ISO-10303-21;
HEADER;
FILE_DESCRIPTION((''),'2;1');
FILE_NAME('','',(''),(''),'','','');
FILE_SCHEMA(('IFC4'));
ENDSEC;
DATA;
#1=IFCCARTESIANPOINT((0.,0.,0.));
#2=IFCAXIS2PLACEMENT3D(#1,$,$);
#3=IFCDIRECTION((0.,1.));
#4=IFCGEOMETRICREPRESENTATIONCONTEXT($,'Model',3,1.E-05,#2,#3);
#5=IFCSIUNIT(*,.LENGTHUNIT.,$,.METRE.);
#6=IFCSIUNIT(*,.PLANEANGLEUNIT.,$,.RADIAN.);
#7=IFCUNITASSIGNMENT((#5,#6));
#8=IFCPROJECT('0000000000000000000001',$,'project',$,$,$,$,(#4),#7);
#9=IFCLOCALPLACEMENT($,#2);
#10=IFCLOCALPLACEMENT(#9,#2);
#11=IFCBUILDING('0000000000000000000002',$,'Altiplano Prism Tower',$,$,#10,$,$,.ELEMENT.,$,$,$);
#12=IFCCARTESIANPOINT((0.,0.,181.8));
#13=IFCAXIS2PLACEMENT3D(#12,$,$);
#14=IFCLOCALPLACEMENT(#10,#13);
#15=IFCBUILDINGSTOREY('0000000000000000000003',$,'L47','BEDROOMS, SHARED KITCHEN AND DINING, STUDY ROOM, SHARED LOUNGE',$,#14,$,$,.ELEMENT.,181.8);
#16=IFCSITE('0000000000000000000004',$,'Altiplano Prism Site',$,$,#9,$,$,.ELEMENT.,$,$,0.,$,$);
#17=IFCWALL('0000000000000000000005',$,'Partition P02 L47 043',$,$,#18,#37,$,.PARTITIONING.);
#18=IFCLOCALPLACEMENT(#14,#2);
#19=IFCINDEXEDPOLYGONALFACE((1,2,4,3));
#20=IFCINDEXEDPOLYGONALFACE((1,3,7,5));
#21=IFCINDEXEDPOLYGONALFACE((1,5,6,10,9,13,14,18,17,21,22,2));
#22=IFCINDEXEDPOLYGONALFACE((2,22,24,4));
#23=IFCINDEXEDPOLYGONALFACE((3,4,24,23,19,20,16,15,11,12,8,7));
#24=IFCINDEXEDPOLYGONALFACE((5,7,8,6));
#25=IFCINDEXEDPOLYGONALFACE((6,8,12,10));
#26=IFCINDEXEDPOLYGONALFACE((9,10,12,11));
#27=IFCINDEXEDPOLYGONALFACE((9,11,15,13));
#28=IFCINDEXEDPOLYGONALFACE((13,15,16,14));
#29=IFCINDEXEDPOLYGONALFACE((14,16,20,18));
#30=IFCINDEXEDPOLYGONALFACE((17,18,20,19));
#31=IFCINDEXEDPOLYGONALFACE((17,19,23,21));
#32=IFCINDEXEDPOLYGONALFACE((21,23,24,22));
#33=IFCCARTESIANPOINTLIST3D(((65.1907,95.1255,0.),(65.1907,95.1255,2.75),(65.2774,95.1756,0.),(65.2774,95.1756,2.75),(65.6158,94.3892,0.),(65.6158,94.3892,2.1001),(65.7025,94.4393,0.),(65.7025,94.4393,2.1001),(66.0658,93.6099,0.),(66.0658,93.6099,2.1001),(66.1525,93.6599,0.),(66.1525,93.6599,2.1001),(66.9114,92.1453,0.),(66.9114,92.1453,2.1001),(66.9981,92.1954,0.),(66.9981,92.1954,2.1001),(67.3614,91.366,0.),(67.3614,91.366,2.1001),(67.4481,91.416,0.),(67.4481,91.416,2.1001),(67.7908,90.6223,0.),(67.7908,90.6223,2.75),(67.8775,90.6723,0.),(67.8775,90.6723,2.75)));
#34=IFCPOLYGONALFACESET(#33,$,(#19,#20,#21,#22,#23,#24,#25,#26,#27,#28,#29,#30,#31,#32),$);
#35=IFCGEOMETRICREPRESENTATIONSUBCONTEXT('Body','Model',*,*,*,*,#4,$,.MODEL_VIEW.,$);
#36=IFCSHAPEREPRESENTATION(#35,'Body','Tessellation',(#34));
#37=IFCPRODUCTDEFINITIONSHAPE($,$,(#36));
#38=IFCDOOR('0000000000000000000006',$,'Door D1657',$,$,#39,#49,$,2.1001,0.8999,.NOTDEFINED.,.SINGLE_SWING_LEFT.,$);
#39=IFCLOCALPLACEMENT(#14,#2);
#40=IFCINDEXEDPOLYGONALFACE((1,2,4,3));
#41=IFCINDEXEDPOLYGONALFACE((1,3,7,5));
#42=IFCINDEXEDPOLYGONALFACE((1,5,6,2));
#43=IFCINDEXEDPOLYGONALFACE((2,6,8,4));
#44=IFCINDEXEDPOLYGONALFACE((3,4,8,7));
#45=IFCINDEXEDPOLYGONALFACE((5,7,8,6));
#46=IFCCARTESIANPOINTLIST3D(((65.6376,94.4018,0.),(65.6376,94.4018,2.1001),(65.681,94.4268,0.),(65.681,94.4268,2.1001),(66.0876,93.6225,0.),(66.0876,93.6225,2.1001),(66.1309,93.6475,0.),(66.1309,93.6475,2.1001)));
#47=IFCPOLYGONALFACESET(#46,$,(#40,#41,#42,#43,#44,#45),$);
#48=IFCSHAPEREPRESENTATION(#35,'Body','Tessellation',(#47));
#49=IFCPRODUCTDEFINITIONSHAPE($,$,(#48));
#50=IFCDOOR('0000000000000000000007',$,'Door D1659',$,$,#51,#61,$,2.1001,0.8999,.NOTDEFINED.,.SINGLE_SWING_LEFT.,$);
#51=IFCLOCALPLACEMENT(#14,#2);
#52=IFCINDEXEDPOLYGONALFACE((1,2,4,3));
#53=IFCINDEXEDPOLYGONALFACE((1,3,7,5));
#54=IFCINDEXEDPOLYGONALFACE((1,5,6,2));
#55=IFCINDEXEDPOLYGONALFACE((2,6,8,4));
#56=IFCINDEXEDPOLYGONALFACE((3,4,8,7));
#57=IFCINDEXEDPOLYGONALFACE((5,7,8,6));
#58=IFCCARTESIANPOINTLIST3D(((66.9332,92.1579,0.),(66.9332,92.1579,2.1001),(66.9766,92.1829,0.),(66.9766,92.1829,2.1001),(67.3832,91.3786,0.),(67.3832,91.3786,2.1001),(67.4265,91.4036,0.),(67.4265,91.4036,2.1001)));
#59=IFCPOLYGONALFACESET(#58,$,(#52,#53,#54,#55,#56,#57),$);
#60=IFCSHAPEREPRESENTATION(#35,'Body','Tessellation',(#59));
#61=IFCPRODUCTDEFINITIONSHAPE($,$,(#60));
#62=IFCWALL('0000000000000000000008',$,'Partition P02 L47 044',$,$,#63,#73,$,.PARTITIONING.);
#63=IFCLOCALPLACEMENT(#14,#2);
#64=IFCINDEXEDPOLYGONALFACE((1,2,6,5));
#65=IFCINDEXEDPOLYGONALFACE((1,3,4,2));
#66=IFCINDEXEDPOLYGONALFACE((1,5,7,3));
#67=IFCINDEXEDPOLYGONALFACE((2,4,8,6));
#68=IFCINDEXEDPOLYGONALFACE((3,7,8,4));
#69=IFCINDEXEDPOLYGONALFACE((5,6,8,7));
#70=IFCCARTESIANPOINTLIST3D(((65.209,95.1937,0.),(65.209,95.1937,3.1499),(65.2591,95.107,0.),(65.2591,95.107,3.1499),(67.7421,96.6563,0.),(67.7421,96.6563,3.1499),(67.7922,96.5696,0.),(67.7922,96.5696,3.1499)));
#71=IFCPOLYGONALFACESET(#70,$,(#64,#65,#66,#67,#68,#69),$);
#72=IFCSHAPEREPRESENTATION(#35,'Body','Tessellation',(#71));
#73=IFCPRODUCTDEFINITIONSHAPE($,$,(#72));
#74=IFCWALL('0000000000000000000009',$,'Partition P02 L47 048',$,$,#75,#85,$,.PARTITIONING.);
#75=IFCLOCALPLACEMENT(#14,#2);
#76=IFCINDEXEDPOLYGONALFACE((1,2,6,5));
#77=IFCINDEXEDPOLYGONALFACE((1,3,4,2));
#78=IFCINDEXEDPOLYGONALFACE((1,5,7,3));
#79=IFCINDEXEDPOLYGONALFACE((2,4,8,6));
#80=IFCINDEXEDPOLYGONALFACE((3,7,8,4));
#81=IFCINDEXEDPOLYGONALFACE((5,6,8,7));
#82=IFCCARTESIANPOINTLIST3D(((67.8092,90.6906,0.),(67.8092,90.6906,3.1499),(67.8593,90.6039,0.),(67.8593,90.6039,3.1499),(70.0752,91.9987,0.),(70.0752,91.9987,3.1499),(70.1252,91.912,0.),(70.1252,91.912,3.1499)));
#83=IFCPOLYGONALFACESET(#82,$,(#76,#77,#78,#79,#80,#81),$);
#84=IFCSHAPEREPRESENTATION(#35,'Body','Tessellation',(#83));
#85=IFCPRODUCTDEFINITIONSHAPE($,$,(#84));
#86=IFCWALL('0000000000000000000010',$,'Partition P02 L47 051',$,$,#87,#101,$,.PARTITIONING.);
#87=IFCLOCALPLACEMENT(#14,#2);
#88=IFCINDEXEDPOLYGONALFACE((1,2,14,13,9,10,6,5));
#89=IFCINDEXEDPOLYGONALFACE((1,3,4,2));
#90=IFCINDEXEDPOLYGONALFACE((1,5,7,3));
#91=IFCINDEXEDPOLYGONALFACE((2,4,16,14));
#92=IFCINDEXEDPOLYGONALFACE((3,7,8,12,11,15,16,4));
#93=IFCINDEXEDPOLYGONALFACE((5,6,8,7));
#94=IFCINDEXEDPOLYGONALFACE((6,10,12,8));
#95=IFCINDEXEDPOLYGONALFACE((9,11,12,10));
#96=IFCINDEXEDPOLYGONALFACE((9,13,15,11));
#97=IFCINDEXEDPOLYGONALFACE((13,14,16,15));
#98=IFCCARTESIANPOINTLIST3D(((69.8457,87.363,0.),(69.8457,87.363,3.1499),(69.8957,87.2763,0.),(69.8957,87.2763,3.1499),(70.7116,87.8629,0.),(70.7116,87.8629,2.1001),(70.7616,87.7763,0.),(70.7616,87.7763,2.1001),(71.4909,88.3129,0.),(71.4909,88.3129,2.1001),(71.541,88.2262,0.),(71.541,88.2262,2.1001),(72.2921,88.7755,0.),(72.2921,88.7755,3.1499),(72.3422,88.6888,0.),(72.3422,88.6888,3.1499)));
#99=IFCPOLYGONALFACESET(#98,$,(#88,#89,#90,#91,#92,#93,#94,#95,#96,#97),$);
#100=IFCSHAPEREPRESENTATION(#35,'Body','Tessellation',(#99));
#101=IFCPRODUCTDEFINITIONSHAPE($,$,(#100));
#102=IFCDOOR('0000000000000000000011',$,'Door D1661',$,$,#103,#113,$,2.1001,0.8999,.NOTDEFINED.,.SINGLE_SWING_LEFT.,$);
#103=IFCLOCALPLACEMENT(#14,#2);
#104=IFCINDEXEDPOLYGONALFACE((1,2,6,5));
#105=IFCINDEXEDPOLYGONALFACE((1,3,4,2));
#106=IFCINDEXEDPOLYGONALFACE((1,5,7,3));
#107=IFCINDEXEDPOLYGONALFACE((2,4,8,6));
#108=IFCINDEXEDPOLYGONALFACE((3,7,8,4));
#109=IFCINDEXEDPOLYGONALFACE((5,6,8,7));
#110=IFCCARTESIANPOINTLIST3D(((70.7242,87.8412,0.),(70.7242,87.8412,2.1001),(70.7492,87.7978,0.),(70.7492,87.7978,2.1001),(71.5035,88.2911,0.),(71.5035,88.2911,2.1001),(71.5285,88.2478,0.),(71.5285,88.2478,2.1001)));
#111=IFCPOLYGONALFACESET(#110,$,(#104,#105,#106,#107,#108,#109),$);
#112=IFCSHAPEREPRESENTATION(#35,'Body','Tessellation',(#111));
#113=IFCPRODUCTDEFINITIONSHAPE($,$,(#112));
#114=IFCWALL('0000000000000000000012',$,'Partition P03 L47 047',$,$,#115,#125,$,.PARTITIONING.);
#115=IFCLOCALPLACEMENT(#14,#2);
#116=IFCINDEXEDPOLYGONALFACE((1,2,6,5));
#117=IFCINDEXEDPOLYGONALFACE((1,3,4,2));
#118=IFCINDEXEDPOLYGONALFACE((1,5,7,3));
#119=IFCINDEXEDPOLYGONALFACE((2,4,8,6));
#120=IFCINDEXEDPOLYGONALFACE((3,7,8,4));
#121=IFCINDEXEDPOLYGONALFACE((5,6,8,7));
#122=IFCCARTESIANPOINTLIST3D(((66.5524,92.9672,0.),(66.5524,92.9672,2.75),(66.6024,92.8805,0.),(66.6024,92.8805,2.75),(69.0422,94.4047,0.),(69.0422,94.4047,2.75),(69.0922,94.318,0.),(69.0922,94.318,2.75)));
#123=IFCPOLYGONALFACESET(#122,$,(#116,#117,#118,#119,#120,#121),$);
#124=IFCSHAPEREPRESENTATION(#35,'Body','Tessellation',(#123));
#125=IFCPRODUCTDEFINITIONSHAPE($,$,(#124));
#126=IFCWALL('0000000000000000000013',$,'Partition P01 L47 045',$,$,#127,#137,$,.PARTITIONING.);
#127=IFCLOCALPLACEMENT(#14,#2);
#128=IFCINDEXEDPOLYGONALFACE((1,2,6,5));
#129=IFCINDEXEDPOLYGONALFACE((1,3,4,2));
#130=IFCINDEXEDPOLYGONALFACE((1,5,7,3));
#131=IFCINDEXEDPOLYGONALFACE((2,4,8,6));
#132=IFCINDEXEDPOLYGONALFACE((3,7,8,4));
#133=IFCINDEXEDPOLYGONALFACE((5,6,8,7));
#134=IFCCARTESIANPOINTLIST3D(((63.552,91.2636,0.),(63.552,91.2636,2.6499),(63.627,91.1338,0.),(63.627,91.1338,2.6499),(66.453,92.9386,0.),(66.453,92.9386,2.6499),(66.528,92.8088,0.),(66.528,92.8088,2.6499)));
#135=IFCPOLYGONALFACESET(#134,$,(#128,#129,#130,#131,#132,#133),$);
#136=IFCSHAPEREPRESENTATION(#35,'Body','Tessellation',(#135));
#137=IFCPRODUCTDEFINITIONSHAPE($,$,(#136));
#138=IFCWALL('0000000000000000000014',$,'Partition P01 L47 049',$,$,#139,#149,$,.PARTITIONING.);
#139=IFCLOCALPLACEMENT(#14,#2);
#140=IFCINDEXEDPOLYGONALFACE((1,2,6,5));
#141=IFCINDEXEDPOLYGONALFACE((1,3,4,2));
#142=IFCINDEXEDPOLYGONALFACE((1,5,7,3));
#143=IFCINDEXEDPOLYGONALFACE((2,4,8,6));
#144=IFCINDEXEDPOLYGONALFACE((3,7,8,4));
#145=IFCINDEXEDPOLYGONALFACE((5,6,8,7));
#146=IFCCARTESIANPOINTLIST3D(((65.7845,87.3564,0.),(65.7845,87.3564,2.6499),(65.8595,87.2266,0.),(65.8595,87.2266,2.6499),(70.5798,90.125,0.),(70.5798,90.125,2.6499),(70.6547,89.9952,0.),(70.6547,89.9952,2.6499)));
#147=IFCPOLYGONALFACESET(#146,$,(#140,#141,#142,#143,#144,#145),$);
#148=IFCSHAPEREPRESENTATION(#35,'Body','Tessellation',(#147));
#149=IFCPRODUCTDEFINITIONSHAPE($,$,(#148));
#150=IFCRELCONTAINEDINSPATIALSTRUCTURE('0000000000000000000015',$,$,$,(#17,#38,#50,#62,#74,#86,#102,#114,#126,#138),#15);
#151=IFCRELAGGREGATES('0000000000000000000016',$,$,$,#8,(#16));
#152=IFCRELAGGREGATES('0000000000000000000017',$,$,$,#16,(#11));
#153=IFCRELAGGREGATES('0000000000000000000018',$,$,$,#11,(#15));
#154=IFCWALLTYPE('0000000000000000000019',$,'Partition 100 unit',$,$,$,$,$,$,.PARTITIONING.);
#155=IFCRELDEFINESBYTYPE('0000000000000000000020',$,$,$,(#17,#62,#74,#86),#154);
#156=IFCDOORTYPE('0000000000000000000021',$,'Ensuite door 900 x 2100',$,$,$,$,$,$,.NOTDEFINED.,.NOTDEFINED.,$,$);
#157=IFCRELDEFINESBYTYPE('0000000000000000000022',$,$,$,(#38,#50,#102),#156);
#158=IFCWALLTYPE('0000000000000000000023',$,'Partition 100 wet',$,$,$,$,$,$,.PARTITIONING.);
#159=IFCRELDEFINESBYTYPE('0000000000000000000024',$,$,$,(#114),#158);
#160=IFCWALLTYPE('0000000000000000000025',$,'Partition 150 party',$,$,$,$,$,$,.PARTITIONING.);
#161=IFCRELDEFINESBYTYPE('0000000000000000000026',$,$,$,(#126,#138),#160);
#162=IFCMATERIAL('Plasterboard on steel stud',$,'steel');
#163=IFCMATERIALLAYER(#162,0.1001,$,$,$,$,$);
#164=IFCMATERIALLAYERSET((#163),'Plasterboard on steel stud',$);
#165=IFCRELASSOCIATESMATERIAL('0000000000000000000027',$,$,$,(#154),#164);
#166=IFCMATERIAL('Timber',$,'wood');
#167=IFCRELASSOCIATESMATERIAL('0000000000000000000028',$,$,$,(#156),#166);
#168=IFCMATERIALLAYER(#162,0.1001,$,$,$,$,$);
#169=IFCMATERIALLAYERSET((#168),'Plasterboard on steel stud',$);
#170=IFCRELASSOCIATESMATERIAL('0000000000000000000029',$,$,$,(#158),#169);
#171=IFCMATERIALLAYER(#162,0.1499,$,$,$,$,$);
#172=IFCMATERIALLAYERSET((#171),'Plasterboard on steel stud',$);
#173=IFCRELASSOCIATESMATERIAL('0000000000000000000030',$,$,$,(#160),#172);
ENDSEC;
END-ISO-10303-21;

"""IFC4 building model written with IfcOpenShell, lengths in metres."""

from ifc_helpers import new_model, si_unit, direction, frame, frame_2d, origin, place, context, subcontext, project, spatial, rectangle, extrude, material, layer, layer_set, type_object, element, fill, save


model = new_model("IFC4")

# Units and contexts
model_context = context("Model", 3, precision=1e-05, world=origin(), true_north=direction((0.0, 1.0)))
body_context = subcontext(model_context, "Body", "Model", "MODEL_VIEW")
ifc_project = project(units=[si_unit("LENGTHUNIT", "METRE"), si_unit("PLANEANGLEUNIT", "RADIAN")], contexts=[model_context])

# Site, building, storey
site_placement = place(None, origin())
site = spatial("IfcSite", under=ifc_project, at=site_placement, Name="Altiplano Prism Site", CompositionType="ELEMENT", RefElevation=0.0)
building_placement = place(site_placement, origin())
building = spatial("IfcBuilding", under=site, at=building_placement, Name="Altiplano Prism Tower", CompositionType="ELEMENT")
storey_placement = place(building_placement, frame((0.0, 0.0, 181.8)))
storey = spatial("IfcBuildingStorey", under=building, at=storey_placement, Name="L47", Description="BEDROOMS, SHARED KITCHEN AND DINING, STUDY ROOM, SHARED LOUNGE", CompositionType="ELEMENT", Elevation=181.8)

# Wall, openings, doors
ifc_material_1 = material(Name="Plasterboard on steel stud", Category="steel")
ifc_layer_1 = layer(ifc_material_1, 0.1001)
ifc_layer_set_1 = layer_set([ifc_layer_1], Name="Plasterboard on steel stud")
wall_type_1 = type_object("IfcWallType", Name="Partition 100 unit", PredefinedType="PARTITIONING", material=ifc_layer_set_1)
wall_1_placement = place(storey_placement, frame((67.8342, 90.6472, 0.0), z_axis=(0.0, 0.0, 1.0), x_axis=(-0.500027, 0.86601, 0.0)))
wall_1 = element("IfcWall", 1, at=wall_1_placement, inside=storey, type_object=wall_type_1, Name="Partition P02 L47 043", PredefinedType="PARTITIONING", context=body_context, shape_type="SweptSolid", body=[
    extrude(rectangle(XDim=5.2, YDim=0.1001, at=frame_2d((2.6001, 0.0))), origin(), (0.0, 0.0, 1.0), 2.75),
])
opening_1_placement = place(wall_1_placement, frame((3.45, 0.0, 0.0)))
opening_1 = element("IfcOpeningElement", 2, at=opening_1_placement, cuts=wall_1, PredefinedType="OPENING", context=body_context, shape_type="SweptSolid", body=[
    extrude(rectangle(XDim=0.8999, YDim=2.1001, at=frame_2d((0.45, 1.05))), frame((0.0, 0.0605, 0.0), z_axis=(0.0, -1.0, 0.0), x_axis=(1.0, 0.0, 0.0)), (0.0, 0.0, 1.0), 0.1211),
])
opening_2_placement = place(wall_1_placement, frame((0.8589, 0.0, 0.0)))
opening_2 = element("IfcOpeningElement", 3, at=opening_2_placement, cuts=wall_1, PredefinedType="OPENING", context=body_context, shape_type="SweptSolid", body=[
    extrude(rectangle(XDim=0.8999, YDim=2.1001, at=frame_2d((0.45, 1.05))), frame((0.0, 0.0605, 0.0), z_axis=(0.0, -1.0, 0.0), x_axis=(1.0, 0.0, 0.0)), (0.0, 0.0, 1.0), 0.1211),
])
ifc_material_2 = material(Name="Timber", Category="wood")
door_type = type_object("IfcDoorType", Name="Ensuite door 900 x 2100", OperationType="NOTDEFINED", PredefinedType="NOTDEFINED", material=ifc_material_2)
door_1_placement = place(opening_1_placement, origin())
door_1 = element("IfcDoor", 4, at=door_1_placement, inside=storey, type_object=door_type, Name="Door D1657", OperationType="SINGLE_SWING_LEFT", OverallHeight=2.1001, OverallWidth=0.8999, PredefinedType="NOTDEFINED", context=body_context, shape_type="SweptSolid", body=[
    extrude(rectangle(XDim=0.8999, YDim=2.1001, at=frame_2d((0.45, 1.05))), frame((0.0, 0.0249, 0.0), z_axis=(0.0, -1.0, 0.0), x_axis=(1.0, 0.0, 0.0)), (0.0, 0.0, 1.0), 0.05),
])
fill(opening_1, door_1)
door_2_placement = place(opening_2_placement, origin())
door_2 = element("IfcDoor", 5, at=door_2_placement, inside=storey, type_object=door_type, Name="Door D1659", OperationType="SINGLE_SWING_LEFT", OverallHeight=2.1001, OverallWidth=0.8999, PredefinedType="NOTDEFINED", context=body_context, shape_type="SweptSolid", body=[
    extrude(rectangle(XDim=0.8999, YDim=2.1001, at=frame_2d((0.45, 1.05))), frame((0.0, 0.0249, 0.0), z_axis=(0.0, -1.0, 0.0), x_axis=(1.0, 0.0, 0.0)), (0.0, 0.0, 1.0), 0.05),
])
fill(opening_2, door_2)

# Walls
wall_2_placement = place(storey_placement, frame((65.2341, 95.1504, 0.0), z_axis=(0.0, 0.0, 1.0), x_axis=(0.86601, 0.500026, 0.0)))
element("IfcWall", 6, at=wall_2_placement, inside=storey, type_object=wall_type_1, Name="Partition P02 L47 044", PredefinedType="PARTITIONING", context=body_context, shape_type="SweptSolid", body=[
    extrude(rectangle(XDim=2.925, YDim=0.1001, at=frame_2d((1.4624, 0.0))), origin(), (0.0, 0.0, 1.0), 3.1499),
])
wall_3_placement = place(storey_placement, frame((70.1001, 91.9553, 0.0), z_axis=(0.0, 0.0, 1.0), x_axis=(-0.866041, -0.499973, 0.0)))
element("IfcWall", 7, at=wall_3_placement, inside=storey, type_object=wall_type_1, Name="Partition P02 L47 048", PredefinedType="PARTITIONING", context=body_context, shape_type="SweptSolid", body=[
    extrude(rectangle(XDim=2.6165, YDim=0.1001, at=frame_2d((1.3081, 0.0))), origin(), (0.0, 0.0, 1.0), 3.1499),
])

# Wall, opening, door
wall_4_placement = place(storey_placement, frame((69.8706, 87.3196, 0.0), z_axis=(0.0, 0.0, 1.0), x_axis=(0.866011, 0.500024, 0.0)))
wall_4 = element("IfcWall", 8, at=wall_4_placement, inside=storey, type_object=wall_type_1, Name="Partition P02 L47 051", PredefinedType="PARTITIONING", context=body_context, shape_type="SweptSolid", body=[
    extrude(rectangle(XDim=2.825, YDim=0.1001, at=frame_2d((1.4126, 0.0))), origin(), (0.0, 0.0, 1.0), 3.1499),
])
opening_3_placement = place(wall_4_placement, frame((1.0, 0.0, 0.0)))
opening_3 = element("IfcOpeningElement", 9, at=opening_3_placement, cuts=wall_4, PredefinedType="OPENING", context=body_context, shape_type="SweptSolid", body=[
    extrude(rectangle(XDim=0.8999, YDim=2.1001, at=frame_2d((0.45, 1.05))), frame((0.0, 0.0605, 0.0), z_axis=(0.0, -1.0, 0.0), x_axis=(1.0, 0.0, 0.0)), (0.0, 0.0, 1.0), 0.1211),
])
door_3_placement = place(opening_3_placement, origin())
door_3 = element("IfcDoor", 10, at=door_3_placement, inside=storey, type_object=door_type, Name="Door D1661", OperationType="SINGLE_SWING_LEFT", OverallHeight=2.1001, OverallWidth=0.8999, PredefinedType="NOTDEFINED", context=body_context, shape_type="SweptSolid", body=[
    extrude(rectangle(XDim=0.8999, YDim=2.1001, at=frame_2d((0.45, 1.05))), frame((0.0, 0.0249, 0.0), z_axis=(0.0, -1.0, 0.0), x_axis=(1.0, 0.0, 0.0)), (0.0, 0.0, 1.0), 0.05),
])
fill(opening_3, door_3)

# Walls
ifc_layer_2 = layer(ifc_material_1, 0.1001)
ifc_layer_set_2 = layer_set([ifc_layer_2], Name="Plasterboard on steel stud")
wall_type_2 = type_object("IfcWallType", Name="Partition 100 wet", PredefinedType="PARTITIONING", material=ifc_layer_set_2)
wall_5_placement = place(storey_placement, frame((66.5774, 92.9238, 0.0), z_axis=(0.0, 0.0, 1.0), x_axis=(0.866019, 0.500012, 0.0)))
element("IfcWall", 11, at=wall_5_placement, inside=storey, type_object=wall_type_2, Name="Partition P03 L47 047", PredefinedType="PARTITIONING", context=body_context, shape_type="SweptSolid", body=[
    extrude(rectangle(XDim=2.875, YDim=0.1001, at=frame_2d((1.4375, 0.0))), origin(), (0.0, 0.0, 1.0), 2.75),
])
ifc_layer_3 = layer(ifc_material_1, 0.1499)
ifc_layer_set_3 = layer_set([ifc_layer_3], Name="Plasterboard on steel stud")
wall_type_3 = type_object("IfcWallType", Name="Partition 150 party", PredefinedType="PARTITIONING", material=ifc_layer_set_3)
wall_6_placement = place(storey_placement, frame((63.5896, 91.1987, 0.0), z_axis=(0.0, 0.0, 1.0), x_axis=(0.866014, 0.500019, 0.0)))
element("IfcWall", 12, at=wall_6_placement, inside=storey, type_object=wall_type_3, Name="Partition P01 L47 045", PredefinedType="PARTITIONING", context=body_context, shape_type="SweptSolid", body=[
    extrude(rectangle(XDim=3.3499, YDim=0.1499, at=frame_2d((1.6748, 0.0))), origin(), (0.0, 0.0, 1.0), 2.6499),
])
wall_7_placement = place(storey_placement, frame((65.822, 87.2915, 0.0), z_axis=(0.0, 0.0, 1.0), x_axis=(0.86602, 0.500009, 0.0)))
element("IfcWall", 13, at=wall_7_placement, inside=storey, type_object=wall_type_3, Name="Partition P01 L47 049", PredefinedType="PARTITIONING", context=body_context, shape_type="SweptSolid", body=[
    extrude(rectangle(XDim=5.5371, YDim=0.1499, at=frame_2d((2.7686, 0.0))), origin(), (0.0, 0.0, 1.0), 2.6499),
])

save(model, "model.ifc")
